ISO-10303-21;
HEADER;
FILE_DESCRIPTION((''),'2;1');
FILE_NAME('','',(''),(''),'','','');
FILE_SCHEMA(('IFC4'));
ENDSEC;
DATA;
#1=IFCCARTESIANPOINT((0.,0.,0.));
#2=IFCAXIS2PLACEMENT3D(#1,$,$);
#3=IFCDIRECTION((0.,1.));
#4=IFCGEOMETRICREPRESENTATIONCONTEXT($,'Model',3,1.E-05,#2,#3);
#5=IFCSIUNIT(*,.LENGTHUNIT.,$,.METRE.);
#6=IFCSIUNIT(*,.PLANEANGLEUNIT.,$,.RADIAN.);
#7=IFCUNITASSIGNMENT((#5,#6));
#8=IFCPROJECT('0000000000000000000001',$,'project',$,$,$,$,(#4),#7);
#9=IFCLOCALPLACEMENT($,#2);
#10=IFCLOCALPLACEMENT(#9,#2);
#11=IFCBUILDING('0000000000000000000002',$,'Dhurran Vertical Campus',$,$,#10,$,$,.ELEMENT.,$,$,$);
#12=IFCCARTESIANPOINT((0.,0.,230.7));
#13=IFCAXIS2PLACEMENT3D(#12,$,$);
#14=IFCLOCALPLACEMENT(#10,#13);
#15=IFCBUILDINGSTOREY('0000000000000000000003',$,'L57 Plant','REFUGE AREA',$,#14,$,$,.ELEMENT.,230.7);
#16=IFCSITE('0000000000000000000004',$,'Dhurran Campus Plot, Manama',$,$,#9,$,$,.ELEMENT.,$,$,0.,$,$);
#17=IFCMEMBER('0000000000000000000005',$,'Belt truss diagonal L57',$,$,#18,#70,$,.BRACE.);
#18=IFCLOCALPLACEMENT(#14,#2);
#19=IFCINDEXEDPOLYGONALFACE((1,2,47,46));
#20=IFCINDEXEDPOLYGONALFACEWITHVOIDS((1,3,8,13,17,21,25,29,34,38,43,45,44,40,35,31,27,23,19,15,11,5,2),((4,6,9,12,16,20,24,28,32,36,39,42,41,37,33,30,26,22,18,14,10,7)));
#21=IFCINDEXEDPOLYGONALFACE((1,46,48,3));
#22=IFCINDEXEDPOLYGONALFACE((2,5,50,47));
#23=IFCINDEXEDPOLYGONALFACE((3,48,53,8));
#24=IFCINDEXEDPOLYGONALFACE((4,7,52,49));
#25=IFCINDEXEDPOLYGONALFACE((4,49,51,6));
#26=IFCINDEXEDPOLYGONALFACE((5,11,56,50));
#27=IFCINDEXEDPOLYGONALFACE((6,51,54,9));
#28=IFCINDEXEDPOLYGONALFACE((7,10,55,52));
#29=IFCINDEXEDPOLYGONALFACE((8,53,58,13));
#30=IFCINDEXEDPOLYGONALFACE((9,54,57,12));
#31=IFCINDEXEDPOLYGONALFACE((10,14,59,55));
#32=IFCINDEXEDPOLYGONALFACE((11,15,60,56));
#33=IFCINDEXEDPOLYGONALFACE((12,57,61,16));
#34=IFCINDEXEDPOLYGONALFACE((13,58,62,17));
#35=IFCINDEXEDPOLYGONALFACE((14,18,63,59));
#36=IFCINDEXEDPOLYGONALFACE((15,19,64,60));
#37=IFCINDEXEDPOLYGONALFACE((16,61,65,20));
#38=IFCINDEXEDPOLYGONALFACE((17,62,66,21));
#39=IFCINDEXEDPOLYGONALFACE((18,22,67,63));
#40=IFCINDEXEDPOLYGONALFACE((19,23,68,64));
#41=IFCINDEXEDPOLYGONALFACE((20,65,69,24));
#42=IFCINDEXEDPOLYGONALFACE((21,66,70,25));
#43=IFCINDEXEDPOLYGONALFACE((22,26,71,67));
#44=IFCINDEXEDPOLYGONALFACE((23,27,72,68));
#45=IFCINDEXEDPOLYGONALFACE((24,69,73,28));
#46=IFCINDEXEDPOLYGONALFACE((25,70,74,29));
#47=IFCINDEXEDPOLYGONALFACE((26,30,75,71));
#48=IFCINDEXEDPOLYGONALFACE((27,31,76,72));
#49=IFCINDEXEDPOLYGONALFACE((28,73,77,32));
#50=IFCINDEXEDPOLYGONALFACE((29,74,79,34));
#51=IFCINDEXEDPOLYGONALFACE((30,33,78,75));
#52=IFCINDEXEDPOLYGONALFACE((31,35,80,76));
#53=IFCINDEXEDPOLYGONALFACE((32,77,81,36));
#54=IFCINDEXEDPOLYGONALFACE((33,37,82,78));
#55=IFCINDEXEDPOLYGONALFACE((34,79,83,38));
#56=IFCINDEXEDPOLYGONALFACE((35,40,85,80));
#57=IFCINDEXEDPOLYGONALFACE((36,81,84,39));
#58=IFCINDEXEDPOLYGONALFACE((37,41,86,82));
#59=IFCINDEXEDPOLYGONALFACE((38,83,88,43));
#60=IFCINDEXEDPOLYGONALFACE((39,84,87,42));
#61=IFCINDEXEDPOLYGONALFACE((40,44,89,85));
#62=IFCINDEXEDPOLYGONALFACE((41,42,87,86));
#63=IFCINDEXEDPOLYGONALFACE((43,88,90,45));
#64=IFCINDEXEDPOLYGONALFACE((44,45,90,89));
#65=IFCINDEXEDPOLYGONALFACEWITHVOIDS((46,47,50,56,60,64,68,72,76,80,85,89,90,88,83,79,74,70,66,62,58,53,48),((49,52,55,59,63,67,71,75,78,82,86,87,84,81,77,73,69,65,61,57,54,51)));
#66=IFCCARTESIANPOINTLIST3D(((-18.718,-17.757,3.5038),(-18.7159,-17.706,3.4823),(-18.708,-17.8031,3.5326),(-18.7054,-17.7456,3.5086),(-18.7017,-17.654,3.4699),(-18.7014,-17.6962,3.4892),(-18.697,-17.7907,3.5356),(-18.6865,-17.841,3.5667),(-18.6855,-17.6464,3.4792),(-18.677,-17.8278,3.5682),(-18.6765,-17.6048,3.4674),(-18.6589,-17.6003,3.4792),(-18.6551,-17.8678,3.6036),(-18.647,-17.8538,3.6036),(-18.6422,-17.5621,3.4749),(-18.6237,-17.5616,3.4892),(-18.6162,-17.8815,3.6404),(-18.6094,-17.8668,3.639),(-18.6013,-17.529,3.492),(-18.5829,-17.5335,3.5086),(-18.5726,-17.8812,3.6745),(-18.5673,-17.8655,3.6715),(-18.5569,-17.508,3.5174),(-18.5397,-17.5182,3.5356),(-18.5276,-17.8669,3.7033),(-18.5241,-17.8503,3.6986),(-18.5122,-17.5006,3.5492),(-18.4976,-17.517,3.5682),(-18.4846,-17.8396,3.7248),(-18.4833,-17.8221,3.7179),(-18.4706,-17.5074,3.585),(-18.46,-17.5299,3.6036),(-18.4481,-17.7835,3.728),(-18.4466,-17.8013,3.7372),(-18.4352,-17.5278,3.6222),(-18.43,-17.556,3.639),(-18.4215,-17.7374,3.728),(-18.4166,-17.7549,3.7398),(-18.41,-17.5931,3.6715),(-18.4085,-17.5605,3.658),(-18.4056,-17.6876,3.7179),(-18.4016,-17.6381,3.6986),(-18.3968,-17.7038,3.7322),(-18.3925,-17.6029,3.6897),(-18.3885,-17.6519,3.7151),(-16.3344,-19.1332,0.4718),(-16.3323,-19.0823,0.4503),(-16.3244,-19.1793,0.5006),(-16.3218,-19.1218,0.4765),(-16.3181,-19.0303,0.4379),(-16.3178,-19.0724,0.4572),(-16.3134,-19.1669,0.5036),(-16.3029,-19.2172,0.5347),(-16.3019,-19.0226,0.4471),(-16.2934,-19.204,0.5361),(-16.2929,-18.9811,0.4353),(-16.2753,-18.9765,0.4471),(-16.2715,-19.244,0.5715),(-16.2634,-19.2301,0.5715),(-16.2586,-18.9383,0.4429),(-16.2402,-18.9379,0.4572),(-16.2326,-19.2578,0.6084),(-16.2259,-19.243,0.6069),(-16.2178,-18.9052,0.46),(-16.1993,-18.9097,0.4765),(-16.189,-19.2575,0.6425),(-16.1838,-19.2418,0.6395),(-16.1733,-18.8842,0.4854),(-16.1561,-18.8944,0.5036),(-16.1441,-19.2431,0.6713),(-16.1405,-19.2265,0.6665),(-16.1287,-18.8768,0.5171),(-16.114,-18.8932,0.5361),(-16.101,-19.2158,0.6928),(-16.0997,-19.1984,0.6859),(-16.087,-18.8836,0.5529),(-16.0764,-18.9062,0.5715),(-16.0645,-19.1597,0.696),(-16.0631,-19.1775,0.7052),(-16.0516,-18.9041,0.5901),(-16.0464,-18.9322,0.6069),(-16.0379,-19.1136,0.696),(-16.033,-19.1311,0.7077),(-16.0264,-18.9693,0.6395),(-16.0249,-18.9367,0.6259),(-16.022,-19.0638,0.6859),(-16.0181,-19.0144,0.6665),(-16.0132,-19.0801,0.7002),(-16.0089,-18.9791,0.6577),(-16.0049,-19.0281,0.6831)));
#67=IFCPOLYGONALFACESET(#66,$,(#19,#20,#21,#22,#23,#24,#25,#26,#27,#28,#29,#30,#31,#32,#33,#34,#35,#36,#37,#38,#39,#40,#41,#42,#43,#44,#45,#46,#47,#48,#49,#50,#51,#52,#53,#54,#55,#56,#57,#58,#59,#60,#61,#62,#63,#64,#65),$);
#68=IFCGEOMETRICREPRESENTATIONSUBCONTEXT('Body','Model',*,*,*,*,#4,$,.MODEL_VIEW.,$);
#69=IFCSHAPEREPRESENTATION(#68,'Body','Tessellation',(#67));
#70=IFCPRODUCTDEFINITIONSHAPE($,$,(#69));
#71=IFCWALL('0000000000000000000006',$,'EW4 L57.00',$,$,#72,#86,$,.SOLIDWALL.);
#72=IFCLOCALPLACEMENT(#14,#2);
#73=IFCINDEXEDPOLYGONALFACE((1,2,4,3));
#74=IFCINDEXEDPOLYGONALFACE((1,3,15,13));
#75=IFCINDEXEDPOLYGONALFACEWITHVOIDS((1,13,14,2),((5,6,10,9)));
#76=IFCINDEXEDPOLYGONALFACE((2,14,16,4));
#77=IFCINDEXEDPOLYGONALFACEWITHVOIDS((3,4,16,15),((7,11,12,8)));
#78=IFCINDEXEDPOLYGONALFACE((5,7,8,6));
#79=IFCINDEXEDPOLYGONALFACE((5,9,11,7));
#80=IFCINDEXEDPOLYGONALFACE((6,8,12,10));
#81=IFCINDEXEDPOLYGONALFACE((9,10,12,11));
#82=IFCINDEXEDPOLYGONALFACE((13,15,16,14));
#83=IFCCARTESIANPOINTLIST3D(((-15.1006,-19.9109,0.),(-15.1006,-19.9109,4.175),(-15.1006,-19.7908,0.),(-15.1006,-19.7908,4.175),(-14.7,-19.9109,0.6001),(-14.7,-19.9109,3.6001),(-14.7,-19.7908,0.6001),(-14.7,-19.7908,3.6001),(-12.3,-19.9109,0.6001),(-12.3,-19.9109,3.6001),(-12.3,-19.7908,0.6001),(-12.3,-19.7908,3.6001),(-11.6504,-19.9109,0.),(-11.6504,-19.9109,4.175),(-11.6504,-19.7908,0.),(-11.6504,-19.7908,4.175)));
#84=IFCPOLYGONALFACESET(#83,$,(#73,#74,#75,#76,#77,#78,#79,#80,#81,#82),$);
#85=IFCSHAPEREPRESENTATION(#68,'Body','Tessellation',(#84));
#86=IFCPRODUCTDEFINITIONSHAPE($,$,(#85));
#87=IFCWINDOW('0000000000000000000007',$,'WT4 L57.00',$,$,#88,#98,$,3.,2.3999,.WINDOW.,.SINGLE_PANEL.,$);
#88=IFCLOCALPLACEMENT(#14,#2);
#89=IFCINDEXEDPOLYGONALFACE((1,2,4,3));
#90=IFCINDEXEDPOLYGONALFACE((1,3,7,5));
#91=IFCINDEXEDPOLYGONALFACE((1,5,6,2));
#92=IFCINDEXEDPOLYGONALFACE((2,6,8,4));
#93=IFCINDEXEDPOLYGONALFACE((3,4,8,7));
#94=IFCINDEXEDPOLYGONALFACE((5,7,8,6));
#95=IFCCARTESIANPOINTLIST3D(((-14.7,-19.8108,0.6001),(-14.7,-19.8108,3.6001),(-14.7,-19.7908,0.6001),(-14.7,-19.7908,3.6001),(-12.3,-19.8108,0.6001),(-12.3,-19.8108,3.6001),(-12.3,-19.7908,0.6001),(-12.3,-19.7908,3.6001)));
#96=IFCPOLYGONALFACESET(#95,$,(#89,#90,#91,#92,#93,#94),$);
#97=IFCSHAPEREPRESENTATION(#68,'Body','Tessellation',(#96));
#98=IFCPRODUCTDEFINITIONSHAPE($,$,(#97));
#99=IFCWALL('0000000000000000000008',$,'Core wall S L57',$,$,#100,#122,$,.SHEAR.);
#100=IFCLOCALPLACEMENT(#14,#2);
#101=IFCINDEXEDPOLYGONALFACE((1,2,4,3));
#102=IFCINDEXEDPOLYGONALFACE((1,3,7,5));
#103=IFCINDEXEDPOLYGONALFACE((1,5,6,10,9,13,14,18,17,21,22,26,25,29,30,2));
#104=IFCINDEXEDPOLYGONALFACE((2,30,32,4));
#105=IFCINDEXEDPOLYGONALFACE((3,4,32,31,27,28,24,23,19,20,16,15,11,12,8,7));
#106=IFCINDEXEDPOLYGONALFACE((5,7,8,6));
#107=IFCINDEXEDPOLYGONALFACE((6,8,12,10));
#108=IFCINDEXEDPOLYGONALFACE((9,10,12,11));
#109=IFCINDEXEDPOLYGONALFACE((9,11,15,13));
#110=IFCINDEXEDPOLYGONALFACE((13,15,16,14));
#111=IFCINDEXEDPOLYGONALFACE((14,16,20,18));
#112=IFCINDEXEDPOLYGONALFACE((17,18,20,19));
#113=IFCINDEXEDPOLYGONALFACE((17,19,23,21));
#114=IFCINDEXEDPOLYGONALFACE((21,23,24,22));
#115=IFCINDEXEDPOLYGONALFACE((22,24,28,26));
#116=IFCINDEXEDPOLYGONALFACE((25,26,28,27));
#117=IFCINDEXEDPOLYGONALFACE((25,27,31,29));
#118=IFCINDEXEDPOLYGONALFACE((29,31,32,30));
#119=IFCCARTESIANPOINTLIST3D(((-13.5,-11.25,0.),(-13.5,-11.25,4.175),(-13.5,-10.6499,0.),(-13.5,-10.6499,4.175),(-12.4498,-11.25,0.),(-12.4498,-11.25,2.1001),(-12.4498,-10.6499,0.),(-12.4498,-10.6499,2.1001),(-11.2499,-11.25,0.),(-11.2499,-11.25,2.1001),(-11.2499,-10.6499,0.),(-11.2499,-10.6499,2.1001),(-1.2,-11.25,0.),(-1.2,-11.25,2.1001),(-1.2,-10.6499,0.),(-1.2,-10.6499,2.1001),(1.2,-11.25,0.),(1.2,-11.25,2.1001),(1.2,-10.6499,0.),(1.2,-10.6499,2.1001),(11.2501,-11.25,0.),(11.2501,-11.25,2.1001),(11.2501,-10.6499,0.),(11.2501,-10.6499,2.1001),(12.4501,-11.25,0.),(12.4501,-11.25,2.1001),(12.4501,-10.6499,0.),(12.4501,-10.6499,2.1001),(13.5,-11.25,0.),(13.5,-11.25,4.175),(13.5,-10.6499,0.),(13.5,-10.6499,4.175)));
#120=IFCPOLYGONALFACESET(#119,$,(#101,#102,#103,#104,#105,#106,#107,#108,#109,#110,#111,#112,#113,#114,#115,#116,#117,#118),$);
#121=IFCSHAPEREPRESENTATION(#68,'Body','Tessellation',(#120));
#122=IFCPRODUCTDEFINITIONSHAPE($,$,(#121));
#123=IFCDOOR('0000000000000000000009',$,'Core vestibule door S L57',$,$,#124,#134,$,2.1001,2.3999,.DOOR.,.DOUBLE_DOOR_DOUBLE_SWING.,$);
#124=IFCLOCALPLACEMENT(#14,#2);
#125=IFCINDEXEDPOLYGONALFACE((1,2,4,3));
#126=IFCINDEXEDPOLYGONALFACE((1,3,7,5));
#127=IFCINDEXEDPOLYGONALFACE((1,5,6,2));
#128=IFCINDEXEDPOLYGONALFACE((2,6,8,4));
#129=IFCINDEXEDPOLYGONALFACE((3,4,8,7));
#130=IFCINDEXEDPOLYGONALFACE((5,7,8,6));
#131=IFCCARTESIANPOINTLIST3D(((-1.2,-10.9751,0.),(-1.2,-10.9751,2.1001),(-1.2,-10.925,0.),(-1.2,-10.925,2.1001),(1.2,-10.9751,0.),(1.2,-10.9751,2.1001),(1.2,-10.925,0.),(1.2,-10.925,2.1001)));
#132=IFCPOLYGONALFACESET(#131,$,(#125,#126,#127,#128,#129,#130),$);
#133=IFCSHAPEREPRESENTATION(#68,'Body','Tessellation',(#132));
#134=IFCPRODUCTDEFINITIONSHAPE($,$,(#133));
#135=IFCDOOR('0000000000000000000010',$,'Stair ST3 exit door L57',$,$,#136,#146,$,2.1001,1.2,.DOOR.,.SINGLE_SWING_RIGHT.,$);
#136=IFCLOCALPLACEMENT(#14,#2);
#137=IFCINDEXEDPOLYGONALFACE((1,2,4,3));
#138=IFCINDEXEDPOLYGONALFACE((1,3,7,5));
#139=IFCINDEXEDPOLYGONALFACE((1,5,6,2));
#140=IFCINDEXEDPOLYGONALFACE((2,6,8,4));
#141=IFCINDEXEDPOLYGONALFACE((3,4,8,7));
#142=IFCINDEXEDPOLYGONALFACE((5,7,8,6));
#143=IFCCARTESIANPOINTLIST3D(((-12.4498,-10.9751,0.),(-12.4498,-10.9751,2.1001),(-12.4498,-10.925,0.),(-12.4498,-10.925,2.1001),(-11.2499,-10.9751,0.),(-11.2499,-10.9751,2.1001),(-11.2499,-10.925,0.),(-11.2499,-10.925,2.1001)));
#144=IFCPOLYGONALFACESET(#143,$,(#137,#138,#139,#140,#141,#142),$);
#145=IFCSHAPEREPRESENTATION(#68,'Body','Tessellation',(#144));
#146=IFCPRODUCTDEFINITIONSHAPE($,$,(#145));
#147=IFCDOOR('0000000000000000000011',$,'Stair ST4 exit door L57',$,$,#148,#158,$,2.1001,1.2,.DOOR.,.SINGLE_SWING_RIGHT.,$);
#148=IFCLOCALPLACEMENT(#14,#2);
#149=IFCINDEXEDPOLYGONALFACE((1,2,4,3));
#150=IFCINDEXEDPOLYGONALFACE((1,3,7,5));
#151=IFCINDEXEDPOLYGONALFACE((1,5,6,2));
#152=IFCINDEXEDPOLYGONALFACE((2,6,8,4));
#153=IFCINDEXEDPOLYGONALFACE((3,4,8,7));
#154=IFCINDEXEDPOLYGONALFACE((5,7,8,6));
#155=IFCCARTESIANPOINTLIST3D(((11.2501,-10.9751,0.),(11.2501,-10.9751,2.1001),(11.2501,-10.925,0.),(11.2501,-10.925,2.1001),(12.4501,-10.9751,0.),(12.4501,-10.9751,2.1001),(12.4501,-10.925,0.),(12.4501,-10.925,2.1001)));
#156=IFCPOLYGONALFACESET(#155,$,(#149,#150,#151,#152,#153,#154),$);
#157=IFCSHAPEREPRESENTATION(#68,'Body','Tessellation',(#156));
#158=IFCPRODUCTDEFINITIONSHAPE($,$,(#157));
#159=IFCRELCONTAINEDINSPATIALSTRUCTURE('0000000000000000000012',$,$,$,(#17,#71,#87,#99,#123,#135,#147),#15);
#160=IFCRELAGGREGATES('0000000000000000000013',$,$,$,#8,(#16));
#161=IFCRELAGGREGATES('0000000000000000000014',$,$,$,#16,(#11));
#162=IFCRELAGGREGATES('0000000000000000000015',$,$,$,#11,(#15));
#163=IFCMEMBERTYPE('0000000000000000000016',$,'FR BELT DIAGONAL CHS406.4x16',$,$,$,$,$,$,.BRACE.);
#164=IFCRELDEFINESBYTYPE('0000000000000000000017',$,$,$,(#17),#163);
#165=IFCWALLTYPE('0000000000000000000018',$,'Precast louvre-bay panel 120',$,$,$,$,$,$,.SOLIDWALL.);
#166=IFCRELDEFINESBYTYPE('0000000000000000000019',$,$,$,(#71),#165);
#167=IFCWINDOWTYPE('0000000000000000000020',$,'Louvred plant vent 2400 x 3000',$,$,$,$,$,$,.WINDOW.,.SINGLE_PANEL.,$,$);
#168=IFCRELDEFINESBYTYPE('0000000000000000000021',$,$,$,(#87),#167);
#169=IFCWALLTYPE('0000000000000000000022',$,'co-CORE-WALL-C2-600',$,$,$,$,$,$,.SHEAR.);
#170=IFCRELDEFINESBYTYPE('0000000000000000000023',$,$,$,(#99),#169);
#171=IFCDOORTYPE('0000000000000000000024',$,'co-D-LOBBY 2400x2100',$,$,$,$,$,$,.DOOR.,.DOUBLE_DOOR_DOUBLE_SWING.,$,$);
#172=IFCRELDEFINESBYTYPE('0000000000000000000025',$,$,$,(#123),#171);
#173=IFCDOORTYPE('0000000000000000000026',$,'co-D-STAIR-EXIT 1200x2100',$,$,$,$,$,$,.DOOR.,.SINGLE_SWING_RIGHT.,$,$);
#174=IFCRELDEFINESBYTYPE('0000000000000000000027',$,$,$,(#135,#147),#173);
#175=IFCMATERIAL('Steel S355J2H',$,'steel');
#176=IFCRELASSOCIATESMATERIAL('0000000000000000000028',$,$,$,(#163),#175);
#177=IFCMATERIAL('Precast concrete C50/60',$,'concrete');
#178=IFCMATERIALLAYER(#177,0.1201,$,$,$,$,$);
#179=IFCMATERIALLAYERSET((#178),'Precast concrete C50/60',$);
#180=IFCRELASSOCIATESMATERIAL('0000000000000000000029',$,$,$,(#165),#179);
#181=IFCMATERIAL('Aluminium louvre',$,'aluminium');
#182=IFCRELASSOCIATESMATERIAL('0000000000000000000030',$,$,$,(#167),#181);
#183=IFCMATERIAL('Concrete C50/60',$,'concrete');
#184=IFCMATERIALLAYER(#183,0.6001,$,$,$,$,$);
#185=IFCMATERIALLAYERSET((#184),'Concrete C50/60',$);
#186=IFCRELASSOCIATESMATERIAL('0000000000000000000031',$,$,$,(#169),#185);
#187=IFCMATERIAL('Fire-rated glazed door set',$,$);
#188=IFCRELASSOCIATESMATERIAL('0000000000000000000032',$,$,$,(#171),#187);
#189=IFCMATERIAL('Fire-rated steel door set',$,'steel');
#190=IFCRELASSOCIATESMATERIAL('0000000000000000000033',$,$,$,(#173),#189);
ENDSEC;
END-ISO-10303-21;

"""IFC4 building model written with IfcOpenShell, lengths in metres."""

from ifc_helpers import new_model, si_unit, direction, frame, frame_2d, origin, origin_2d, place, context, subcontext, project, spatial, rectangle, hollow_circle, extrude, material, layer, layer_set, material_profile, profile_set, type_object, element, fill, save


model = new_model("IFC4")

# Units and contexts
model_context = context("Model", 3, precision=1e-05, world=origin(), true_north=direction((0.0, 1.0)))
body_context = subcontext(model_context, "Body", "Model", "MODEL_VIEW")
ifc_project = project(units=[si_unit("LENGTHUNIT", "METRE"), si_unit("PLANEANGLEUNIT", "RADIAN")], contexts=[model_context])

# Site, building, storey
site_placement = place(None, origin())
site = spatial("IfcSite", under=ifc_project, at=site_placement, Name="Dhurran Campus Plot, Manama", CompositionType="ELEMENT", RefElevation=0.0)
building_placement = place(site_placement, origin())
building = spatial("IfcBuilding", under=site, at=building_placement, Name="Dhurran Vertical Campus", CompositionType="ELEMENT")
storey_placement = place(building_placement, frame((0.0, 0.0, 230.7)))
storey = spatial("IfcBuildingStorey", under=building, at=storey_placement, Name="L57 Plant", Description="REFUGE AREA", CompositionType="ELEMENT", Elevation=230.7)

# Member
ifc_material_1 = material(Name="Steel S355J2H", Category="steel")
ifc_material_profile_1 = material_profile(ifc_material_1, hollow_circle(Radius=0.2031, WallThickness=0.0161, at=origin_2d()), Name="CHS406.4x16")
ifc_profile_set_1 = profile_set([ifc_material_profile_1], Name="Steel S355J2H")
member_type = type_object("IfcMemberType", Name="FR BELT DIAGONAL CHS406.4x16", PredefinedType="BRACE", material=ifc_profile_set_1)
member_1_placement = place(storey_placement, frame((-16.1699, -19.0681, 0.5715), z_axis=(-0.582077, 0.336082, 0.740429), x_axis=(-0.500022, -0.866013, 0.0)))
element("IfcMember", 1, at=member_1_placement, inside=storey, type_object=member_type, Name="Belt truss diagonal L57", PredefinedType="BRACE", context=body_context, shape_type="SweptSolid", body=[
    extrude(hollow_circle(Radius=0.2031, WallThickness=0.0161, at=origin_2d()), origin(), (0.0, 0.0, 1.0), 4.095),
])

# Wall, opening, window
ifc_material_2 = material(Name="Precast concrete C50/60", Category="concrete")
ifc_layer_1 = layer(ifc_material_2, 0.1201)
ifc_layer_set_1 = layer_set([ifc_layer_1], Name="Precast concrete C50/60")
wall_type_1 = type_object("IfcWallType", Name="Precast louvre-bay panel 120", PredefinedType="SOLIDWALL", material=ifc_layer_set_1)
wall_1_placement = place(storey_placement, frame((-15.1006, -19.8508, 0.0), z_axis=(0.0, 0.0, 1.0), x_axis=(1.0, 0.0, 0.0)))
wall_1 = element("IfcWall", 2, at=wall_1_placement, inside=storey, type_object=wall_type_1, Name="EW4 L57.00", PredefinedType="SOLIDWALL", context=body_context, shape_type="SweptSolid", body=[
    extrude(rectangle(XDim=3.4502, YDim=0.1201, at=frame_2d((1.7251, 0.0))), origin(), (0.0, 0.0, 1.0), 4.175),
])
opening_1_placement = place(wall_1_placement, frame((0.4006, 0.0, 0.6001)))
opening_1 = element("IfcOpeningElement", 3, at=opening_1_placement, cuts=wall_1, PredefinedType="OPENING", context=body_context, shape_type="SweptSolid", body=[
    extrude(rectangle(XDim=2.3999, YDim=3.0, at=frame_2d((1.2, 1.5))), frame((0.0, 0.0701, 0.0), z_axis=(0.0, -1.0, 0.0), x_axis=(1.0, 0.0, 0.0)), (0.0, 0.0, 1.0), 0.1401),
])
ifc_material_3 = material(Name="Aluminium louvre", Category="aluminium")
window_type = type_object("IfcWindowType", Name="Louvred plant vent 2400 x 3000", PartitioningType="SINGLE_PANEL", PredefinedType="WINDOW", material=ifc_material_3)
window_placement = place(opening_1_placement, origin())
window = element("IfcWindow", 4, at=window_placement, inside=storey, type_object=window_type, Name="WT4 L57.00", OverallHeight=3.0, OverallWidth=2.3999, PartitioningType="SINGLE_PANEL", PredefinedType="WINDOW", context=body_context, shape_type="SweptSolid", body=[
    extrude(rectangle(XDim=2.3999, YDim=3.0, at=frame_2d((1.2, 1.5))), frame((0.0, 0.0601, 0.0), z_axis=(0.0, -1.0, 0.0), x_axis=(1.0, 0.0, 0.0)), (0.0, 0.0, 1.0), 0.02),
])
fill(opening_1, window)

# Wall, openings, doors
ifc_material_4 = material(Name="Concrete C50/60", Category="concrete")
ifc_layer_2 = layer(ifc_material_4, 0.6001)
ifc_layer_set_2 = layer_set([ifc_layer_2], Name="Concrete C50/60")
wall_type_2 = type_object("IfcWallType", Name="co-CORE-WALL-C2-600", PredefinedType="SHEAR", material=ifc_layer_set_2)
wall_2_placement = place(storey_placement, frame((-13.5, -10.95, 0.0), z_axis=(0.0, 0.0, 1.0), x_axis=(1.0, 0.0, 0.0)))
wall_2 = element("IfcWall", 5, at=wall_2_placement, inside=storey, type_object=wall_type_2, Name="Core wall S L57", PredefinedType="SHEAR", context=body_context, shape_type="SweptSolid", body=[
    extrude(rectangle(XDim=27.0, YDim=0.6001, at=frame_2d((13.5, 0.0))), origin(), (0.0, 0.0, 1.0), 4.175),
])
opening_2_placement = place(wall_2_placement, frame((12.3, 0.0, 0.0)))
opening_2 = element("IfcOpeningElement", 6, at=opening_2_placement, cuts=wall_2, PredefinedType="OPENING", context=body_context, shape_type="SweptSolid", body=[
    extrude(rectangle(XDim=2.3999, YDim=2.1001, at=frame_2d((1.2, 1.05))), frame((0.0, 0.3101, 0.0), z_axis=(0.0, -1.0, 0.0), x_axis=(1.0, 0.0, 0.0)), (0.0, 0.0, 1.0), 0.6201),
])
opening_3_placement = place(wall_2_placement, frame((1.05, 0.0, 0.0)))
opening_3 = element("IfcOpeningElement", 7, at=opening_3_placement, cuts=wall_2, PredefinedType="OPENING", context=body_context, shape_type="SweptSolid", body=[
    extrude(rectangle(XDim=1.2, YDim=2.1001, at=frame_2d((0.6001, 1.05))), frame((0.0, 0.3101, 0.0), z_axis=(0.0, -1.0, 0.0), x_axis=(1.0, 0.0, 0.0)), (0.0, 0.0, 1.0), 0.6201),
])
opening_4_placement = place(wall_2_placement, frame((24.75, 0.0, 0.0)))
opening_4 = element("IfcOpeningElement", 8, at=opening_4_placement, cuts=wall_2, PredefinedType="OPENING", context=body_context, shape_type="SweptSolid", body=[
    extrude(rectangle(XDim=1.2, YDim=2.1001, at=frame_2d((0.6001, 1.05))), frame((0.0, 0.3101, 0.0), z_axis=(0.0, -1.0, 0.0), x_axis=(1.0, 0.0, 0.0)), (0.0, 0.0, 1.0), 0.6201),
])
ifc_material_5 = material(Name="Fire-rated glazed door set")
door_type_1 = type_object("IfcDoorType", Name="co-D-LOBBY 2400x2100", OperationType="DOUBLE_DOOR_DOUBLE_SWING", PredefinedType="DOOR", material=ifc_material_5)
door_1_placement = place(opening_2_placement, origin())
door_1 = element("IfcDoor", 9, at=door_1_placement, inside=storey, type_object=door_type_1, Name="Core vestibule door S L57", OperationType="DOUBLE_DOOR_DOUBLE_SWING", OverallHeight=2.1001, OverallWidth=2.3999, PredefinedType="DOOR", context=body_context, shape_type="SweptSolid", body=[
    extrude(rectangle(XDim=2.3999, YDim=2.1001, at=frame_2d((1.2, 1.05))), frame((0.0, 0.0249, 0.0), z_axis=(0.0, -1.0, 0.0), x_axis=(1.0, 0.0, 0.0)), (0.0, 0.0, 1.0), 0.05),
])
fill(opening_2, door_1)
ifc_material_6 = material(Name="Fire-rated steel door set", Category="steel")
door_type_2 = type_object("IfcDoorType", Name="co-D-STAIR-EXIT 1200x2100", OperationType="SINGLE_SWING_RIGHT", PredefinedType="DOOR", material=ifc_material_6)
door_2_placement = place(opening_3_placement, origin())
door_2 = element("IfcDoor", 10, at=door_2_placement, inside=storey, type_object=door_type_2, Name="Stair ST3 exit door L57", OperationType="SINGLE_SWING_RIGHT", OverallHeight=2.1001, OverallWidth=1.2, PredefinedType="DOOR", context=body_context, shape_type="SweptSolid", body=[
    extrude(rectangle(XDim=1.2, YDim=2.1001, at=frame_2d((0.6001, 1.05))), frame((0.0, 0.0249, 0.0), z_axis=(0.0, -1.0, 0.0), x_axis=(1.0, 0.0, 0.0)), (0.0, 0.0, 1.0), 0.05),
])
fill(opening_3, door_2)
door_3_placement = place(opening_4_placement, origin())
door_3 = element("IfcDoor", 11, at=door_3_placement, inside=storey, type_object=door_type_2, Name="Stair ST4 exit door L57", OperationType="SINGLE_SWING_RIGHT", OverallHeight=2.1001, OverallWidth=1.2, PredefinedType="DOOR", context=body_context, shape_type="SweptSolid", body=[
    extrude(rectangle(XDim=1.2, YDim=2.1001, at=frame_2d((0.6001, 1.05))), frame((0.0, 0.0249, 0.0), z_axis=(0.0, -1.0, 0.0), x_axis=(1.0, 0.0, 0.0)), (0.0, 0.0, 1.0), 0.05),
])
fill(opening_4, door_3)

save(model, "model.ifc")
